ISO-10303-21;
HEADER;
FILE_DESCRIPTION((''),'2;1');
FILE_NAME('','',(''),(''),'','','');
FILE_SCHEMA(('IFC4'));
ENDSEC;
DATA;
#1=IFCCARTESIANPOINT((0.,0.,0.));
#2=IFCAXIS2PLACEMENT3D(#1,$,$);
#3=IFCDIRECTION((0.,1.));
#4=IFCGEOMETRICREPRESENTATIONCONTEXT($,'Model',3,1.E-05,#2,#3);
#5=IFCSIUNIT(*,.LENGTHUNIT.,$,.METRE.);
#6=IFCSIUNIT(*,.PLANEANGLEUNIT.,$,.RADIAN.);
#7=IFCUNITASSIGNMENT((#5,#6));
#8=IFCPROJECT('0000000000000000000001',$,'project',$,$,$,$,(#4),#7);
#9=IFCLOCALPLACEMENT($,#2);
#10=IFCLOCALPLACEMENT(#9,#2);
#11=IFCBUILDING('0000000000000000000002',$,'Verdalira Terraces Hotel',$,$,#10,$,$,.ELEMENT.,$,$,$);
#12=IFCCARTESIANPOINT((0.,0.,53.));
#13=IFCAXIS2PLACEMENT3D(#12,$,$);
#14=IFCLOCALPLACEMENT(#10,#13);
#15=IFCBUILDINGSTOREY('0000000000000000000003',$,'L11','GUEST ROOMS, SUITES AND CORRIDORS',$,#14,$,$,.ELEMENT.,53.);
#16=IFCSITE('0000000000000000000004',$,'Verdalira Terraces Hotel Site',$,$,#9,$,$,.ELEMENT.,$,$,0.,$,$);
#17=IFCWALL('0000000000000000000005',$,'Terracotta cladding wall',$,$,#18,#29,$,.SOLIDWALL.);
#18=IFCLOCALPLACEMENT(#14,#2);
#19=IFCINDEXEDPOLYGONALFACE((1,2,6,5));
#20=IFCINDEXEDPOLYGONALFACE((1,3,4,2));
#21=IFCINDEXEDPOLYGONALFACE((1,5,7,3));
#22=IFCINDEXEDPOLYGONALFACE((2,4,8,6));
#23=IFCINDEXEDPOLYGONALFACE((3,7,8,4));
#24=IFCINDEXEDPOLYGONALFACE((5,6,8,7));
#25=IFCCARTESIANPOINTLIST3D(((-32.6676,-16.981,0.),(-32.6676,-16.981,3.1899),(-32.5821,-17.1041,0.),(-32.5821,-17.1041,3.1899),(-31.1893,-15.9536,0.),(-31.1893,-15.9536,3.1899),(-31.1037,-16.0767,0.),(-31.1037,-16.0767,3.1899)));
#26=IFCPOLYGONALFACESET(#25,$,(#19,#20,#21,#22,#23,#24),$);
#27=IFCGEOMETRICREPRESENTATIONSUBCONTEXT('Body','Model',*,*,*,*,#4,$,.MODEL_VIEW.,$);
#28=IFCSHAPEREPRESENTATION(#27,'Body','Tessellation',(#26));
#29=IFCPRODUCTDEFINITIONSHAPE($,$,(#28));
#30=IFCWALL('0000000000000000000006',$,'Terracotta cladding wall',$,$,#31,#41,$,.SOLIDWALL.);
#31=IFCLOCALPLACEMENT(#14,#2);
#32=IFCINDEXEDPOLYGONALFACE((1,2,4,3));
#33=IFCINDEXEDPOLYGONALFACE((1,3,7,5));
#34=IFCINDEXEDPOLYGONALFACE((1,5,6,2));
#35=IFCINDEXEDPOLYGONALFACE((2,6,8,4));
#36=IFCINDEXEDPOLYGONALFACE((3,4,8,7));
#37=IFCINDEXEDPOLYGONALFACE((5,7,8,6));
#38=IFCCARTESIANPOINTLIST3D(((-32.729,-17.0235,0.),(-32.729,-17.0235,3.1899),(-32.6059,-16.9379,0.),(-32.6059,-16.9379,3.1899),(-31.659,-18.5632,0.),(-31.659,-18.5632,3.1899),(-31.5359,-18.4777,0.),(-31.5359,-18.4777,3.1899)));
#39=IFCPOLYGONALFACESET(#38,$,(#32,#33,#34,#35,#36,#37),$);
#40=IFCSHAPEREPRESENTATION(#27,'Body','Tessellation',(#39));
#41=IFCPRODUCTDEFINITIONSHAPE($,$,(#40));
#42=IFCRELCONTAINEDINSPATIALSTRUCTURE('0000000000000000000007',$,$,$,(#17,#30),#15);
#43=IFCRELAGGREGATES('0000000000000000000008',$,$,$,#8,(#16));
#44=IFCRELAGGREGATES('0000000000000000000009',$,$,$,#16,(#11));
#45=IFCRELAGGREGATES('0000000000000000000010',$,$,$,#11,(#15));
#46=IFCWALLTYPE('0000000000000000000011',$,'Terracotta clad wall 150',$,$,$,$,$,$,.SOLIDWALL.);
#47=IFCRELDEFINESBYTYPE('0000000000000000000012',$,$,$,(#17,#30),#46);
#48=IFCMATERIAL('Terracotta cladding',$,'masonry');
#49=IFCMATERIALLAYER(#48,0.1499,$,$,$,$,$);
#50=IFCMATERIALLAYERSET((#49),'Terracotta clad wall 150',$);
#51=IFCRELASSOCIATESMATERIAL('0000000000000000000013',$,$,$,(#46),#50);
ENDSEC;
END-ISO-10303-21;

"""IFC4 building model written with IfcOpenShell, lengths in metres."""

from ifc_helpers import new_model, si_unit, direction, frame, frame_2d, origin, place, context, subcontext, project, spatial, rectangle, extrude, material, layer, layer_set, type_object, element, save


model = new_model("IFC4")

# Units and contexts
model_context = context("Model", 3, precision=1e-05, world=origin(), true_north=direction((0.0, 1.0)))
body_context = subcontext(model_context, "Body", "Model", "MODEL_VIEW")
ifc_project = project(units=[si_unit("LENGTHUNIT", "METRE"), si_unit("PLANEANGLEUNIT", "RADIAN")], contexts=[model_context])

# Site, building, storey
site_placement = place(None, origin())
site = spatial("IfcSite", under=ifc_project, at=site_placement, Name="Verdalira Terraces Hotel Site", CompositionType="ELEMENT", RefElevation=0.0)
building_placement = place(site_placement, origin())
building = spatial("IfcBuilding", under=site, at=building_placement, Name="Verdalira Terraces Hotel", CompositionType="ELEMENT")
storey_placement = place(building_placement, frame((0.0, 0.0, 53.0)))
storey = spatial("IfcBuildingStorey", under=building, at=storey_placement, Name="L11", Description="GUEST ROOMS, SUITES AND CORRIDORS", CompositionType="ELEMENT", Elevation=53.0)

# Walls
ifc_material_1 = material(Name="Terracotta cladding", Category="masonry")
ifc_layer_1 = layer(ifc_material_1, 0.1499)
ifc_layer_set_1 = layer_set([ifc_layer_1], Name="Terracotta clad wall 150")
wall_type_1 = type_object("IfcWallType", Name="Terracotta clad wall 150", PredefinedType="SOLIDWALL", material=ifc_layer_set_1)
wall_1_placement = place(storey_placement, frame((-31.1465, -16.0151, 0.0), z_axis=(0.0, 0.0, 1.0), x_axis=(-0.82117, -0.570683, 0.0)))
element("IfcWall", 1, at=wall_1_placement, inside=storey, type_object=wall_type_1, Name="Terracotta cladding wall", PredefinedType="SOLIDWALL", context=body_context, shape_type="SweptSolid", body=[
    extrude(rectangle(XDim=1.8003, YDim=0.1499, at=frame_2d((0.9001, 0.0))), origin(), (0.0, 0.0, 1.0), 3.1899),
])
wall_2_placement = place(storey_placement, frame((-32.6675, -16.9807, 0.0), z_axis=(0.0, 0.0, 1.0), x_axis=(0.570671, -0.821178, 0.0)))
element("IfcWall", 2, at=wall_2_placement, inside=storey, type_object=wall_type_1, Name="Terracotta cladding wall", PredefinedType="SOLIDWALL", context=body_context, shape_type="SweptSolid", body=[
    extrude(rectangle(XDim=1.875, YDim=0.1499, at=frame_2d((0.9375, 0.0))), origin(), (0.0, 0.0, 1.0), 3.1899),
])

save(model, "model.ifc")
